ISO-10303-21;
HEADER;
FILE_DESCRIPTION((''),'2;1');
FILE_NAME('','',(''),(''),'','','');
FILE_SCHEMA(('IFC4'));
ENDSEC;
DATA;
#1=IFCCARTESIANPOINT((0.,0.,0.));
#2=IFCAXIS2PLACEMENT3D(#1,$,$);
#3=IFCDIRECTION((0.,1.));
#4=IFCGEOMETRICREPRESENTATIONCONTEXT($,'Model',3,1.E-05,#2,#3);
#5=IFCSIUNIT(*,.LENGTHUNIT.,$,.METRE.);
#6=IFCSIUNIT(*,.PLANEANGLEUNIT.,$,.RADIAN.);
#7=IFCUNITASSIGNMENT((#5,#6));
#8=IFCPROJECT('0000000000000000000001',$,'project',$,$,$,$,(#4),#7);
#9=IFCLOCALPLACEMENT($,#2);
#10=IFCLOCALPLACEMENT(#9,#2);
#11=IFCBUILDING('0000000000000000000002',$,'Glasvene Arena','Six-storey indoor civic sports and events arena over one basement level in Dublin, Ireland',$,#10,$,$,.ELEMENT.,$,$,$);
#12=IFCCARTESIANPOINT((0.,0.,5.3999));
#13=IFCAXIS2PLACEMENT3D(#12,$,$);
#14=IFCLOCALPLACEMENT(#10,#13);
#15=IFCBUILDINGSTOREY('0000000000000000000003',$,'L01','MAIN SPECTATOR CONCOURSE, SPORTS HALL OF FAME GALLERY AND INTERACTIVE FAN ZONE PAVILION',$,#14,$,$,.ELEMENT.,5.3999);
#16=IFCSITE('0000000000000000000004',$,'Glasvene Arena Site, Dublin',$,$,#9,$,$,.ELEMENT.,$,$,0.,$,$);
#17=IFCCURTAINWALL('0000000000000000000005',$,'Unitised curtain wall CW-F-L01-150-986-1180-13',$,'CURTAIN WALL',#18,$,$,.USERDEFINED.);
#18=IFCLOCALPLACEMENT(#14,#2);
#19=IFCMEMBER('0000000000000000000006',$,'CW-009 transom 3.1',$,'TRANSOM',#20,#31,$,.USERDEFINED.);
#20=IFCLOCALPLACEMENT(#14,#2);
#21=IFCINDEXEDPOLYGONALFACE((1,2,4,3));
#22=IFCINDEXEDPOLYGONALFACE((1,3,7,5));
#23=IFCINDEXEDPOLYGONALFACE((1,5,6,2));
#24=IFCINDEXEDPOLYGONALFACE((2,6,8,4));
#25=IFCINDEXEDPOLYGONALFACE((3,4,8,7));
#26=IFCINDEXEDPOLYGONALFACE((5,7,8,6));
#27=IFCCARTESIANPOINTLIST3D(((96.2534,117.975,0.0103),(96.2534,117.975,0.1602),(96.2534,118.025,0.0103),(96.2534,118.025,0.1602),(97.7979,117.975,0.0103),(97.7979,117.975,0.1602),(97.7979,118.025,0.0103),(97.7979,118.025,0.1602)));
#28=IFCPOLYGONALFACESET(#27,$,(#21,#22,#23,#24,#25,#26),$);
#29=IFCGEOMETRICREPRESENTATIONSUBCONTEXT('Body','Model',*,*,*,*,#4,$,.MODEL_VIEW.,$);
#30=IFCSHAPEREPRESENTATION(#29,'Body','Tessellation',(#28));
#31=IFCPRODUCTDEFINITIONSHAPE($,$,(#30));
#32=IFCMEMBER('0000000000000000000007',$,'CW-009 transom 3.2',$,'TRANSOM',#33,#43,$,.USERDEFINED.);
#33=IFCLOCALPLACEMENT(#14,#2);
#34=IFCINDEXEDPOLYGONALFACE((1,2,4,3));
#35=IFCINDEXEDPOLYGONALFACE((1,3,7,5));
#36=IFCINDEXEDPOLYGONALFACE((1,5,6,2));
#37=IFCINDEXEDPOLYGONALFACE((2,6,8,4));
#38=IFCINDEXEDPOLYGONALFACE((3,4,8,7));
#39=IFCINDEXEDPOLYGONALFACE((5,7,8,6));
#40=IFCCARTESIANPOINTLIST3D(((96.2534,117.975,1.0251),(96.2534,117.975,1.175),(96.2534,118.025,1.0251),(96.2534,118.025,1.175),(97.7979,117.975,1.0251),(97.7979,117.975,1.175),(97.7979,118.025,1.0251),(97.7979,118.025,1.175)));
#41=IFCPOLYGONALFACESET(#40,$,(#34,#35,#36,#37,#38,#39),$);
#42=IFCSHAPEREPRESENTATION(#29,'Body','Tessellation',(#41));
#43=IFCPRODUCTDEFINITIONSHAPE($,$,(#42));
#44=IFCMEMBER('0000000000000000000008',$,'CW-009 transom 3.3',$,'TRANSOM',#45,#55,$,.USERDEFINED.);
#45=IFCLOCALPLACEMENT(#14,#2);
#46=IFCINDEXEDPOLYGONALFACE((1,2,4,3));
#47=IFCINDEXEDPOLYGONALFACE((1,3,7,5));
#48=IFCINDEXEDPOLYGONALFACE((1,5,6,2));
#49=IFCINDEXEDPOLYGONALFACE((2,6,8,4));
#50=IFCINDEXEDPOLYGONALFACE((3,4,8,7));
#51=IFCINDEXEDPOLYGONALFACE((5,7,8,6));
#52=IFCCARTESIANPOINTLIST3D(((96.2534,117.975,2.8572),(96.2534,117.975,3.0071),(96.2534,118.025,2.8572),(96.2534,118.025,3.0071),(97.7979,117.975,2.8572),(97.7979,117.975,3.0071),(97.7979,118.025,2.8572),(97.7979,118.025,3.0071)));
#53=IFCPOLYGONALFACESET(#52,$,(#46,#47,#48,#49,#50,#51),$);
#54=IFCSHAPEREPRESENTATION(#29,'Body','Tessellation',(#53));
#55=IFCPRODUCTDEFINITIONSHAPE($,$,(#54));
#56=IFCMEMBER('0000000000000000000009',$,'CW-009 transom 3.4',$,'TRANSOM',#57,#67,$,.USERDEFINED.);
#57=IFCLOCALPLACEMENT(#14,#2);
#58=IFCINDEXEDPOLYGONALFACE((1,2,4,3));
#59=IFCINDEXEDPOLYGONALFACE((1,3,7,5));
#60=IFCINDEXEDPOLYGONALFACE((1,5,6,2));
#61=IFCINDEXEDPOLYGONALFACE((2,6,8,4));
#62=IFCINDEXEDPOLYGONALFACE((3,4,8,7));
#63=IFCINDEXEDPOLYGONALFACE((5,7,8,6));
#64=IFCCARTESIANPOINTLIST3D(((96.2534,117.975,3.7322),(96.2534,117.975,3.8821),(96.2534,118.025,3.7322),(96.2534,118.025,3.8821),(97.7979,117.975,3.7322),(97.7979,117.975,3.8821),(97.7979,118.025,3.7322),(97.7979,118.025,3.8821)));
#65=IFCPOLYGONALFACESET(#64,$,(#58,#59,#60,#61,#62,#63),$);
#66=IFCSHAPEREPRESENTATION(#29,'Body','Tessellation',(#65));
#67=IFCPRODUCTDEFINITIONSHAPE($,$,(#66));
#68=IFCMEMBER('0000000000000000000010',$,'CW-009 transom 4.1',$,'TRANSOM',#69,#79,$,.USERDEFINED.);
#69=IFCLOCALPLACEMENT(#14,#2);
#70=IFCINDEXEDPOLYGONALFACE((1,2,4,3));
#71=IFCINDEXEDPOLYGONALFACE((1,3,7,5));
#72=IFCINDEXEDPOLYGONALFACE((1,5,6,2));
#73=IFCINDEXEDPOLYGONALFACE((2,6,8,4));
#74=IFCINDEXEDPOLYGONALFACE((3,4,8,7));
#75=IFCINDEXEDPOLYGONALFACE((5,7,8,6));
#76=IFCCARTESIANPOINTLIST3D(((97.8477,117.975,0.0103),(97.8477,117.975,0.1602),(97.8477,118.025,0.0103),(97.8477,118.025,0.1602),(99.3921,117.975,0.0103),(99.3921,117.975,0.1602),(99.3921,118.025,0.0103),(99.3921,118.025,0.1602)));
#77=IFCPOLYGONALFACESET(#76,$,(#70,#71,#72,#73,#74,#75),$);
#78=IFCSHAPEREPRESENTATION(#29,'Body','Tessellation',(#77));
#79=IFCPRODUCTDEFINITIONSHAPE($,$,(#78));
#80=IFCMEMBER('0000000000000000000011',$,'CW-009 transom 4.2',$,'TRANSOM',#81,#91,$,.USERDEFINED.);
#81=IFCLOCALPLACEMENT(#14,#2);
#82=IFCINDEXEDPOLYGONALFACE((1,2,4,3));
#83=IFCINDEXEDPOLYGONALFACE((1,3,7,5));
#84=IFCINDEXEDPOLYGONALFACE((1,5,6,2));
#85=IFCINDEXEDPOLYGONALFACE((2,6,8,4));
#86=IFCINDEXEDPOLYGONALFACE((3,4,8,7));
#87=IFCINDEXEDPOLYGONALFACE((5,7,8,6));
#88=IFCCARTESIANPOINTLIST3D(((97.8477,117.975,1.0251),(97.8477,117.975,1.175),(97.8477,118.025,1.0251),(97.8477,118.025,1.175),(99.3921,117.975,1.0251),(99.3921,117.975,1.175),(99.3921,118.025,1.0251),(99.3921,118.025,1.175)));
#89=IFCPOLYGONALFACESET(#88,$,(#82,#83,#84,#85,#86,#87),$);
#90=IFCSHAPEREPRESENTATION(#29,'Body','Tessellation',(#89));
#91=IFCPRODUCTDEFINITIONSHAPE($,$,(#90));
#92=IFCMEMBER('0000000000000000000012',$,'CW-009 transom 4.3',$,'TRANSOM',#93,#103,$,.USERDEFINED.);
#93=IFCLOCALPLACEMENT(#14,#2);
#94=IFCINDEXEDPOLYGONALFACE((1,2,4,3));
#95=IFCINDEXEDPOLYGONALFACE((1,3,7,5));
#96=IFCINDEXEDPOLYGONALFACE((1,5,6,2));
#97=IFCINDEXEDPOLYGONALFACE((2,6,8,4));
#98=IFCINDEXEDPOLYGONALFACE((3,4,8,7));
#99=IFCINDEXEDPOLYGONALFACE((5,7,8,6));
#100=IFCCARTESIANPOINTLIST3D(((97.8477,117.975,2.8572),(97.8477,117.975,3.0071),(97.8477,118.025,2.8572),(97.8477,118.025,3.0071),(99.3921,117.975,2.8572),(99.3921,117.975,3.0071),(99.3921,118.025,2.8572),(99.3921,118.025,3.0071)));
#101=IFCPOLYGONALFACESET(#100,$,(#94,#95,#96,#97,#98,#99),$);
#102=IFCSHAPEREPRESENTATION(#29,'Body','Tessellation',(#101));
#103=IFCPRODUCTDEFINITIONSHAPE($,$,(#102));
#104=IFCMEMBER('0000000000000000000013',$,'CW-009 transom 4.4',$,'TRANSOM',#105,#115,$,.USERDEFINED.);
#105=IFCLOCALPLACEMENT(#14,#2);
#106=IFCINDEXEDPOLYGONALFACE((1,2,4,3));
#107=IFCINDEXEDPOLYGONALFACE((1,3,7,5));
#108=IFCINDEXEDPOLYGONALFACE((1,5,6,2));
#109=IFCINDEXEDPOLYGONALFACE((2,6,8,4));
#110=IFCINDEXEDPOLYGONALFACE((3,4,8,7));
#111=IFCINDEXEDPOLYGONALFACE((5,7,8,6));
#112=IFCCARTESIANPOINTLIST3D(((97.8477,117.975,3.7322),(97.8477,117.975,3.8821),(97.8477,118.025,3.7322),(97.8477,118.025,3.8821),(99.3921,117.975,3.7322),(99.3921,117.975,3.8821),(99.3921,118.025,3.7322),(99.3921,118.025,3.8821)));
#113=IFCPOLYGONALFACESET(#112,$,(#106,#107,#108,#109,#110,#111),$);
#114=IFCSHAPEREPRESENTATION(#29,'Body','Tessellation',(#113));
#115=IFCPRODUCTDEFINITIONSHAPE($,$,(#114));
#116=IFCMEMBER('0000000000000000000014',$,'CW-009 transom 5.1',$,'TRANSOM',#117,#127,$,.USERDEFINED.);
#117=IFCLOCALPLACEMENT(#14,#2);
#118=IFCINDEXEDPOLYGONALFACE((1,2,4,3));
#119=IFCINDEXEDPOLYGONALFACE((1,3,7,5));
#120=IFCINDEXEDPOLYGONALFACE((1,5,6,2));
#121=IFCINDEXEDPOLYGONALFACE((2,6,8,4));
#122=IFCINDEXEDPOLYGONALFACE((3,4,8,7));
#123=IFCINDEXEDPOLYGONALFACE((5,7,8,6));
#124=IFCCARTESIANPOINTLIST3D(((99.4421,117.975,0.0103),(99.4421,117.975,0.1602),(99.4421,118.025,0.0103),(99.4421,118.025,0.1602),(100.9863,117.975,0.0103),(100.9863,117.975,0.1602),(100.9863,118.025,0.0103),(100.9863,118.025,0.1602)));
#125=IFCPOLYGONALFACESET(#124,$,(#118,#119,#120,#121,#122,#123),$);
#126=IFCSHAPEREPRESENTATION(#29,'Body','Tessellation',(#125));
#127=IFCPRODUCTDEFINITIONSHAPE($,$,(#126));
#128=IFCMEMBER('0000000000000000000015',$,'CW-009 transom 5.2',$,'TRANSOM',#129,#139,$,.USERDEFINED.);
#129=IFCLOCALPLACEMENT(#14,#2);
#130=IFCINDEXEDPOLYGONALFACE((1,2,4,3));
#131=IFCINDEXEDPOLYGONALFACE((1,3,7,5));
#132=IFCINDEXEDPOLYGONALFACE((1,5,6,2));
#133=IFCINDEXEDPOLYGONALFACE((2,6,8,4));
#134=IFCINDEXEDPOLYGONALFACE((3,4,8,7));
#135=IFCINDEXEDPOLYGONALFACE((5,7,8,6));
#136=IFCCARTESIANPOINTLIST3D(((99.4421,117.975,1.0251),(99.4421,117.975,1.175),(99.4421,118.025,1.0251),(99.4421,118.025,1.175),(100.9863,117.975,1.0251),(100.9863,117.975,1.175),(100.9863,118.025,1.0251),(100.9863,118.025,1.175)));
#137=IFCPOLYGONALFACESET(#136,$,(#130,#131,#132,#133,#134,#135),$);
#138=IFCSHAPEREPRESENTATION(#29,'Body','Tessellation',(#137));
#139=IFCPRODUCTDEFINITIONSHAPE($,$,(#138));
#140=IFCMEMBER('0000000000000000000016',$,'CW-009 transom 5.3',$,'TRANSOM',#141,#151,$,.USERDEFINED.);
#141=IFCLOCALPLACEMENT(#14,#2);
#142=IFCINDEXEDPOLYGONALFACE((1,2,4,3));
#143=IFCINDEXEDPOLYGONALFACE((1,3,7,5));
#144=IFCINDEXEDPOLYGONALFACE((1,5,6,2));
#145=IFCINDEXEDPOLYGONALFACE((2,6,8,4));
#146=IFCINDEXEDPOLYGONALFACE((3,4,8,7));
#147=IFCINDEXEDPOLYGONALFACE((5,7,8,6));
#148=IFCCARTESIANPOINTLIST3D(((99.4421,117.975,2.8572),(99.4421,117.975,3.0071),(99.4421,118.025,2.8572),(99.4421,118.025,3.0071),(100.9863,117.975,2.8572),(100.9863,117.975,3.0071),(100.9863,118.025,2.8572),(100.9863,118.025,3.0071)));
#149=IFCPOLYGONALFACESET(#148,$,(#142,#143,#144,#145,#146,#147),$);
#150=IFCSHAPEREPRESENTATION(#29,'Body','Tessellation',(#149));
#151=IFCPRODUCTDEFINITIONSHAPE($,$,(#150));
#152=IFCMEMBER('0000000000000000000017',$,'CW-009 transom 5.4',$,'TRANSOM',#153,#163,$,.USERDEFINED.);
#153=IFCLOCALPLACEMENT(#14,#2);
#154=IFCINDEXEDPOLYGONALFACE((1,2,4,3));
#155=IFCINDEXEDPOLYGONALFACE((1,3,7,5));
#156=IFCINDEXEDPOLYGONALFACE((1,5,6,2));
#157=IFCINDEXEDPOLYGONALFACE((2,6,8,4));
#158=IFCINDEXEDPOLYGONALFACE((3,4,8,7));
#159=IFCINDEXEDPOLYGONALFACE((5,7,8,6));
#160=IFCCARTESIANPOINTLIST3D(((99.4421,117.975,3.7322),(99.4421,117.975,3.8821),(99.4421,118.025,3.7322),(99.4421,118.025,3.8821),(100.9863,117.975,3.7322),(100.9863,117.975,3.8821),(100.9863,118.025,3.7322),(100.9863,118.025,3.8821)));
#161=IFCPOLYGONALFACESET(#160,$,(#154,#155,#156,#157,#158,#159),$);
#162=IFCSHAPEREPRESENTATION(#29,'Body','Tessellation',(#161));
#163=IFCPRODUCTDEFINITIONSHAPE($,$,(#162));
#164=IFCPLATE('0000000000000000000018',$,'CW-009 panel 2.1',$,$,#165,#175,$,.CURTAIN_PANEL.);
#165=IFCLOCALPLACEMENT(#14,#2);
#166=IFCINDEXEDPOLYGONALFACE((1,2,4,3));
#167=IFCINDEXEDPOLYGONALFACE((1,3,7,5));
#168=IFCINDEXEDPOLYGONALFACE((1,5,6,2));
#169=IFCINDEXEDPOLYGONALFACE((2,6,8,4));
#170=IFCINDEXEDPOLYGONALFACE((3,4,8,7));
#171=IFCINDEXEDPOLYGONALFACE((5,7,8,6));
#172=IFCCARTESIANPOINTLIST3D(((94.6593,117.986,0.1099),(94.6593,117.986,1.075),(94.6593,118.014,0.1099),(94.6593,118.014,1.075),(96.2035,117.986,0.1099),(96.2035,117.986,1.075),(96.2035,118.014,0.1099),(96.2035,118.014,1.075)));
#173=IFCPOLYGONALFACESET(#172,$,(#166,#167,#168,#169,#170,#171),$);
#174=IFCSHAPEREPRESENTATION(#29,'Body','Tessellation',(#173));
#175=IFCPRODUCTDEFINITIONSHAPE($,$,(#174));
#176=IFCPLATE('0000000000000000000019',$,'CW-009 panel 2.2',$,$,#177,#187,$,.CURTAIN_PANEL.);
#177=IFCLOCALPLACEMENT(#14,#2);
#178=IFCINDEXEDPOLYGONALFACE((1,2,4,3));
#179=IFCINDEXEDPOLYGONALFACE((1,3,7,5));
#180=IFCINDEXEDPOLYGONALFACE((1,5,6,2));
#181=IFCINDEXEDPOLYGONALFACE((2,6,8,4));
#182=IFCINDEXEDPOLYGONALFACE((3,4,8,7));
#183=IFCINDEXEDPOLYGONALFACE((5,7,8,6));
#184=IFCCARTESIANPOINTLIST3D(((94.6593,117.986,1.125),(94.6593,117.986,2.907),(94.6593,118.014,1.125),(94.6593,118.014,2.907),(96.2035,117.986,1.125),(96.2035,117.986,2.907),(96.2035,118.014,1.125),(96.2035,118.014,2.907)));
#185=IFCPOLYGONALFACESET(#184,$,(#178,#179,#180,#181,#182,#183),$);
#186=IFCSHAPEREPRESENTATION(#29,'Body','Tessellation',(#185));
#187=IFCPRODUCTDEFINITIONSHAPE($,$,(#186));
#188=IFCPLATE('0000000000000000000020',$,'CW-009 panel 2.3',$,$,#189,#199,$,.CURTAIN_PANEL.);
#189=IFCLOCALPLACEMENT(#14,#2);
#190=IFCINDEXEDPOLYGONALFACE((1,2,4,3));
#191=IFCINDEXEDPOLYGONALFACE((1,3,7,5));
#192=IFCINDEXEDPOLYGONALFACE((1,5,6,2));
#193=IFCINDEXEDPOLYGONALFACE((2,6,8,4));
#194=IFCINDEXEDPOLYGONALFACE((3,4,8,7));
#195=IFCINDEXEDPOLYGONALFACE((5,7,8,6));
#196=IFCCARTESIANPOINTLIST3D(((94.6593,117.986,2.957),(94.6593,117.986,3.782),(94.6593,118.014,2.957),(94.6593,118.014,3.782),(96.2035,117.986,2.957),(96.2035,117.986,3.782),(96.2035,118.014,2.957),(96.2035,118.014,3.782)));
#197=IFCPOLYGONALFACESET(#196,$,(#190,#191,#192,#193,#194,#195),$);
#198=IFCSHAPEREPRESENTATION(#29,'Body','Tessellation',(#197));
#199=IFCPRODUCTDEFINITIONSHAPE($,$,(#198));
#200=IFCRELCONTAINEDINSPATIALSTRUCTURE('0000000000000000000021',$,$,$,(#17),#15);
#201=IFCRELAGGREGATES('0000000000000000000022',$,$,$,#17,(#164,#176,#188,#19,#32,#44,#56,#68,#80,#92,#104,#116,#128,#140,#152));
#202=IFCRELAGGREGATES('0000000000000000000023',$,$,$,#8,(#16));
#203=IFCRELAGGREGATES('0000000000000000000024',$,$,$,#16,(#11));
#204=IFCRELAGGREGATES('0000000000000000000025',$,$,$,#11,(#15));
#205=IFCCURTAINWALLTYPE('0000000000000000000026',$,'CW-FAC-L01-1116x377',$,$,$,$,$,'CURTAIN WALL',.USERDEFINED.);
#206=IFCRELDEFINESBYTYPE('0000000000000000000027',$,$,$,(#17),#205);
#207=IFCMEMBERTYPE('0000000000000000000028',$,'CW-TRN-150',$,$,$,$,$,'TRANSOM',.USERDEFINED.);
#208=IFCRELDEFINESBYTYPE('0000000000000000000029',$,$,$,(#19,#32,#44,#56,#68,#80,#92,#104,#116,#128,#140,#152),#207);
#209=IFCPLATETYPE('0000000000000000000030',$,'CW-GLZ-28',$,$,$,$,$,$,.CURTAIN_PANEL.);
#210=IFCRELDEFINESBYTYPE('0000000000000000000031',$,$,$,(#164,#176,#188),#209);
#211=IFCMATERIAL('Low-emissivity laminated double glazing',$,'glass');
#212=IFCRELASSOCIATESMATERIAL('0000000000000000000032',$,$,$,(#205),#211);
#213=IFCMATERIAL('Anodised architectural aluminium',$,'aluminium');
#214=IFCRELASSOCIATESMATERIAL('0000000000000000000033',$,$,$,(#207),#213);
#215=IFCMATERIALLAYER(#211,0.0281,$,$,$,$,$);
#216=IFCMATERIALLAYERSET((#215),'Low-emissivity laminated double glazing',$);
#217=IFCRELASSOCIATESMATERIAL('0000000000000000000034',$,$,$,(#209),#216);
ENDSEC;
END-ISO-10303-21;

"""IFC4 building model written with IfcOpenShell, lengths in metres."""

from ifc_helpers import new_model, si_unit, direction, frame, origin, origin_2d, place, context, subcontext, project, spatial, rectangle, extrude, material, layer, layer_set, material_profile, profile_set, type_object, element, aggregate, save


model = new_model("IFC4")

# Units and contexts
model_context = context("Model", 3, precision=1e-05, world=origin(), true_north=direction((0.0, 1.0)))
body_context = subcontext(model_context, "Body", "Model", "MODEL_VIEW")
ifc_project = project(units=[si_unit("LENGTHUNIT", "METRE"), si_unit("PLANEANGLEUNIT", "RADIAN")], contexts=[model_context])

# Site, building, storey
site_placement = place(None, origin())
site = spatial("IfcSite", under=ifc_project, at=site_placement, Name="Glasvene Arena Site, Dublin", CompositionType="ELEMENT", RefElevation=0.0)
building_placement = place(site_placement, origin())
building = spatial("IfcBuilding", under=site, at=building_placement, Name="Glasvene Arena", Description="Six-storey indoor civic sports and events arena over one basement level in Dublin, Ireland", CompositionType="ELEMENT")
storey_placement = place(building_placement, frame((0.0, 0.0, 5.3999)))
storey = spatial("IfcBuildingStorey", under=building, at=storey_placement, Name="L01", Description="MAIN SPECTATOR CONCOURSE, SPORTS HALL OF FAME GALLERY AND INTERACTIVE FAN ZONE PAVILION", CompositionType="ELEMENT", Elevation=5.3999)

# Curtain wall, members, plates
ifc_material_1 = material(Name="Low-emissivity laminated double glazing", Category="glass")
curtain_wall_type = type_object("IfcCurtainWallType", Name="CW-FAC-L01-1116x377", ElementType="CURTAIN WALL", PredefinedType="USERDEFINED", material=ifc_material_1)
curtain_wall_placement = place(storey_placement, frame((93.04, 118.0, 0.0)))
curtain_wall = element("IfcCurtainWall", 1, at=curtain_wall_placement, inside=storey, type_object=curtain_wall_type, Name="Unitised curtain wall CW-F-L01-150-986-1180-13", ObjectType="CURTAIN WALL", PredefinedType="USERDEFINED")
ifc_material_2 = material(Name="Anodised architectural aluminium", Category="aluminium")
ifc_material_profile_1 = material_profile(ifc_material_2, rectangle(XDim=0.05, YDim=0.1499, at=origin_2d()), Name="ALU TRANSOM 50x150")
ifc_profile_set_1 = profile_set([ifc_material_profile_1], Name="Anodised architectural aluminium")
member_type_1 = type_object("IfcMemberType", Name="CW-TRN-150", ElementType="TRANSOM", PredefinedType="USERDEFINED", material=ifc_profile_set_1)
member_1_placement = place(storey_placement, frame((96.2534, 118.0, 0.0852), z_axis=(1.0, 0.0, 0.0), x_axis=(0.0, 1.0, 0.0)))
member_1 = element("IfcMember", 2, at=member_1_placement, type_object=member_type_1, Name="CW-009 transom 3.1", ObjectType="TRANSOM", PredefinedType="USERDEFINED", context=body_context, shape_type="SweptSolid", body=[
    extrude(rectangle(XDim=0.05, YDim=0.1499, at=origin_2d()), origin(), (0.0, 0.0, 1.0), 1.5444),
])
member_2_placement = place(storey_placement, frame((96.2534, 118.0, 1.1001), z_axis=(1.0, 0.0, 0.0), x_axis=(0.0, 1.0, 0.0)))
member_2 = element("IfcMember", 3, at=member_2_placement, type_object=member_type_1, Name="CW-009 transom 3.2", ObjectType="TRANSOM", PredefinedType="USERDEFINED", context=body_context, shape_type="SweptSolid", body=[
    extrude(rectangle(XDim=0.05, YDim=0.1499, at=origin_2d()), origin(), (0.0, 0.0, 1.0), 1.5444),
])
member_3_placement = place(storey_placement, frame((96.2534, 118.0, 2.9321), z_axis=(1.0, 0.0, 0.0), x_axis=(0.0, 1.0, 0.0)))
member_3 = element("IfcMember", 4, at=member_3_placement, type_object=member_type_1, Name="CW-009 transom 3.3", ObjectType="TRANSOM", PredefinedType="USERDEFINED", context=body_context, shape_type="SweptSolid", body=[
    extrude(rectangle(XDim=0.05, YDim=0.1499, at=origin_2d()), origin(), (0.0, 0.0, 1.0), 1.5444),
])
member_4_placement = place(storey_placement, frame((96.2534, 118.0, 3.8071), z_axis=(1.0, 0.0, 0.0), x_axis=(0.0, 1.0, 0.0)))
member_4 = element("IfcMember", 5, at=member_4_placement, type_object=member_type_1, Name="CW-009 transom 3.4", ObjectType="TRANSOM", PredefinedType="USERDEFINED", context=body_context, shape_type="SweptSolid", body=[
    extrude(rectangle(XDim=0.05, YDim=0.1499, at=origin_2d()), origin(), (0.0, 0.0, 1.0), 1.5444),
])
member_5_placement = place(storey_placement, frame((97.8477, 118.0, 0.0852), z_axis=(1.0, 0.0, 0.0), x_axis=(0.0, 1.0, 0.0)))
member_5 = element("IfcMember", 6, at=member_5_placement, type_object=member_type_1, Name="CW-009 transom 4.1", ObjectType="TRANSOM", PredefinedType="USERDEFINED", context=body_context, shape_type="SweptSolid", body=[
    extrude(rectangle(XDim=0.05, YDim=0.1499, at=origin_2d()), origin(), (0.0, 0.0, 1.0), 1.5444),
])
member_6_placement = place(storey_placement, frame((97.8477, 118.0, 1.1001), z_axis=(1.0, 0.0, 0.0), x_axis=(0.0, 1.0, 0.0)))
member_6 = element("IfcMember", 7, at=member_6_placement, type_object=member_type_1, Name="CW-009 transom 4.2", ObjectType="TRANSOM", PredefinedType="USERDEFINED", context=body_context, shape_type="SweptSolid", body=[
    extrude(rectangle(XDim=0.05, YDim=0.1499, at=origin_2d()), origin(), (0.0, 0.0, 1.0), 1.5444),
])
member_7_placement = place(storey_placement, frame((97.8477, 118.0, 2.9321), z_axis=(1.0, 0.0, 0.0), x_axis=(0.0, 1.0, 0.0)))
member_7 = element("IfcMember", 8, at=member_7_placement, type_object=member_type_1, Name="CW-009 transom 4.3", ObjectType="TRANSOM", PredefinedType="USERDEFINED", context=body_context, shape_type="SweptSolid", body=[
    extrude(rectangle(XDim=0.05, YDim=0.1499, at=origin_2d()), origin(), (0.0, 0.0, 1.0), 1.5444),
])
member_8_placement = place(storey_placement, frame((97.8477, 118.0, 3.8071), z_axis=(1.0, 0.0, 0.0), x_axis=(0.0, 1.0, 0.0)))
member_8 = element("IfcMember", 9, at=member_8_placement, type_object=member_type_1, Name="CW-009 transom 4.4", ObjectType="TRANSOM", PredefinedType="USERDEFINED", context=body_context, shape_type="SweptSolid", body=[
    extrude(rectangle(XDim=0.05, YDim=0.1499, at=origin_2d()), origin(), (0.0, 0.0, 1.0), 1.5444),
])
member_9_placement = place(storey_placement, frame((99.4421, 118.0, 0.0852), z_axis=(1.0, 0.0, 0.0), x_axis=(0.0, 1.0, 0.0)))
member_9 = element("IfcMember", 10, at=member_9_placement, type_object=member_type_1, Name="CW-009 transom 5.1", ObjectType="TRANSOM", PredefinedType="USERDEFINED", context=body_context, shape_type="SweptSolid", body=[
    extrude(rectangle(XDim=0.05, YDim=0.1499, at=origin_2d()), origin(), (0.0, 0.0, 1.0), 1.5442),
])
member_10_placement = place(storey_placement, frame((99.4421, 118.0, 1.1001), z_axis=(1.0, 0.0, 0.0), x_axis=(0.0, 1.0, 0.0)))
member_10 = element("IfcMember", 11, at=member_10_placement, type_object=member_type_1, Name="CW-009 transom 5.2", ObjectType="TRANSOM", PredefinedType="USERDEFINED", context=body_context, shape_type="SweptSolid", body=[
    extrude(rectangle(XDim=0.05, YDim=0.1499, at=origin_2d()), origin(), (0.0, 0.0, 1.0), 1.5442),
])
member_11_placement = place(storey_placement, frame((99.4421, 118.0, 2.9321), z_axis=(1.0, 0.0, 0.0), x_axis=(0.0, 1.0, 0.0)))
member_11 = element("IfcMember", 12, at=member_11_placement, type_object=member_type_1, Name="CW-009 transom 5.3", ObjectType="TRANSOM", PredefinedType="USERDEFINED", context=body_context, shape_type="SweptSolid", body=[
    extrude(rectangle(XDim=0.05, YDim=0.1499, at=origin_2d()), origin(), (0.0, 0.0, 1.0), 1.5442),
])
member_12_placement = place(storey_placement, frame((99.4421, 118.0, 3.8071), z_axis=(1.0, 0.0, 0.0), x_axis=(0.0, 1.0, 0.0)))
member_12 = element("IfcMember", 13, at=member_12_placement, type_object=member_type_1, Name="CW-009 transom 5.4", ObjectType="TRANSOM", PredefinedType="USERDEFINED", context=body_context, shape_type="SweptSolid", body=[
    extrude(rectangle(XDim=0.05, YDim=0.1499, at=origin_2d()), origin(), (0.0, 0.0, 1.0), 1.5442),
])
ifc_layer = layer(ifc_material_1, 0.0281)
ifc_layer_set = layer_set([ifc_layer], Name="Low-emissivity laminated double glazing")
plate_type = type_object("IfcPlateType", Name="CW-GLZ-28", PredefinedType="CURTAIN_PANEL", material=ifc_layer_set)
plate_1_placement = place(storey_placement, frame((95.4314, 118.0, 0.1099), z_axis=(0.0, 0.0, 1.0), x_axis=(1.0, 0.0, 0.0)))
plate_1 = element("IfcPlate", 14, at=plate_1_placement, type_object=plate_type, Name="CW-009 panel 2.1", PredefinedType="CURTAIN_PANEL", context=body_context, shape_type="SweptSolid", body=[
    extrude(rectangle(XDim=1.5442, YDim=0.0281, at=origin_2d()), origin(), (0.0, 0.0, 1.0), 0.9651),
])
plate_2_placement = place(storey_placement, frame((95.4314, 118.0, 1.125), z_axis=(0.0, 0.0, 1.0), x_axis=(1.0, 0.0, 0.0)))
plate_2 = element("IfcPlate", 15, at=plate_2_placement, type_object=plate_type, Name="CW-009 panel 2.2", PredefinedType="CURTAIN_PANEL", context=body_context, shape_type="SweptSolid", body=[
    extrude(rectangle(XDim=1.5442, YDim=0.0281, at=origin_2d()), origin(), (0.0, 0.0, 1.0), 1.782),
])
plate_3_placement = place(storey_placement, frame((95.4314, 118.0, 2.957), z_axis=(0.0, 0.0, 1.0), x_axis=(1.0, 0.0, 0.0)))
plate_3 = element("IfcPlate", 16, at=plate_3_placement, type_object=plate_type, Name="CW-009 panel 2.3", PredefinedType="CURTAIN_PANEL", context=body_context, shape_type="SweptSolid", body=[
    extrude(rectangle(XDim=1.5442, YDim=0.0281, at=origin_2d()), origin(), (0.0, 0.0, 1.0), 0.825),
])
aggregate(curtain_wall, [plate_1, plate_2, plate_3, member_1, member_2, member_3, member_4, member_5, member_6, member_7, member_8, member_9, member_10, member_11, member_12])

save(model, "model.ifc")
